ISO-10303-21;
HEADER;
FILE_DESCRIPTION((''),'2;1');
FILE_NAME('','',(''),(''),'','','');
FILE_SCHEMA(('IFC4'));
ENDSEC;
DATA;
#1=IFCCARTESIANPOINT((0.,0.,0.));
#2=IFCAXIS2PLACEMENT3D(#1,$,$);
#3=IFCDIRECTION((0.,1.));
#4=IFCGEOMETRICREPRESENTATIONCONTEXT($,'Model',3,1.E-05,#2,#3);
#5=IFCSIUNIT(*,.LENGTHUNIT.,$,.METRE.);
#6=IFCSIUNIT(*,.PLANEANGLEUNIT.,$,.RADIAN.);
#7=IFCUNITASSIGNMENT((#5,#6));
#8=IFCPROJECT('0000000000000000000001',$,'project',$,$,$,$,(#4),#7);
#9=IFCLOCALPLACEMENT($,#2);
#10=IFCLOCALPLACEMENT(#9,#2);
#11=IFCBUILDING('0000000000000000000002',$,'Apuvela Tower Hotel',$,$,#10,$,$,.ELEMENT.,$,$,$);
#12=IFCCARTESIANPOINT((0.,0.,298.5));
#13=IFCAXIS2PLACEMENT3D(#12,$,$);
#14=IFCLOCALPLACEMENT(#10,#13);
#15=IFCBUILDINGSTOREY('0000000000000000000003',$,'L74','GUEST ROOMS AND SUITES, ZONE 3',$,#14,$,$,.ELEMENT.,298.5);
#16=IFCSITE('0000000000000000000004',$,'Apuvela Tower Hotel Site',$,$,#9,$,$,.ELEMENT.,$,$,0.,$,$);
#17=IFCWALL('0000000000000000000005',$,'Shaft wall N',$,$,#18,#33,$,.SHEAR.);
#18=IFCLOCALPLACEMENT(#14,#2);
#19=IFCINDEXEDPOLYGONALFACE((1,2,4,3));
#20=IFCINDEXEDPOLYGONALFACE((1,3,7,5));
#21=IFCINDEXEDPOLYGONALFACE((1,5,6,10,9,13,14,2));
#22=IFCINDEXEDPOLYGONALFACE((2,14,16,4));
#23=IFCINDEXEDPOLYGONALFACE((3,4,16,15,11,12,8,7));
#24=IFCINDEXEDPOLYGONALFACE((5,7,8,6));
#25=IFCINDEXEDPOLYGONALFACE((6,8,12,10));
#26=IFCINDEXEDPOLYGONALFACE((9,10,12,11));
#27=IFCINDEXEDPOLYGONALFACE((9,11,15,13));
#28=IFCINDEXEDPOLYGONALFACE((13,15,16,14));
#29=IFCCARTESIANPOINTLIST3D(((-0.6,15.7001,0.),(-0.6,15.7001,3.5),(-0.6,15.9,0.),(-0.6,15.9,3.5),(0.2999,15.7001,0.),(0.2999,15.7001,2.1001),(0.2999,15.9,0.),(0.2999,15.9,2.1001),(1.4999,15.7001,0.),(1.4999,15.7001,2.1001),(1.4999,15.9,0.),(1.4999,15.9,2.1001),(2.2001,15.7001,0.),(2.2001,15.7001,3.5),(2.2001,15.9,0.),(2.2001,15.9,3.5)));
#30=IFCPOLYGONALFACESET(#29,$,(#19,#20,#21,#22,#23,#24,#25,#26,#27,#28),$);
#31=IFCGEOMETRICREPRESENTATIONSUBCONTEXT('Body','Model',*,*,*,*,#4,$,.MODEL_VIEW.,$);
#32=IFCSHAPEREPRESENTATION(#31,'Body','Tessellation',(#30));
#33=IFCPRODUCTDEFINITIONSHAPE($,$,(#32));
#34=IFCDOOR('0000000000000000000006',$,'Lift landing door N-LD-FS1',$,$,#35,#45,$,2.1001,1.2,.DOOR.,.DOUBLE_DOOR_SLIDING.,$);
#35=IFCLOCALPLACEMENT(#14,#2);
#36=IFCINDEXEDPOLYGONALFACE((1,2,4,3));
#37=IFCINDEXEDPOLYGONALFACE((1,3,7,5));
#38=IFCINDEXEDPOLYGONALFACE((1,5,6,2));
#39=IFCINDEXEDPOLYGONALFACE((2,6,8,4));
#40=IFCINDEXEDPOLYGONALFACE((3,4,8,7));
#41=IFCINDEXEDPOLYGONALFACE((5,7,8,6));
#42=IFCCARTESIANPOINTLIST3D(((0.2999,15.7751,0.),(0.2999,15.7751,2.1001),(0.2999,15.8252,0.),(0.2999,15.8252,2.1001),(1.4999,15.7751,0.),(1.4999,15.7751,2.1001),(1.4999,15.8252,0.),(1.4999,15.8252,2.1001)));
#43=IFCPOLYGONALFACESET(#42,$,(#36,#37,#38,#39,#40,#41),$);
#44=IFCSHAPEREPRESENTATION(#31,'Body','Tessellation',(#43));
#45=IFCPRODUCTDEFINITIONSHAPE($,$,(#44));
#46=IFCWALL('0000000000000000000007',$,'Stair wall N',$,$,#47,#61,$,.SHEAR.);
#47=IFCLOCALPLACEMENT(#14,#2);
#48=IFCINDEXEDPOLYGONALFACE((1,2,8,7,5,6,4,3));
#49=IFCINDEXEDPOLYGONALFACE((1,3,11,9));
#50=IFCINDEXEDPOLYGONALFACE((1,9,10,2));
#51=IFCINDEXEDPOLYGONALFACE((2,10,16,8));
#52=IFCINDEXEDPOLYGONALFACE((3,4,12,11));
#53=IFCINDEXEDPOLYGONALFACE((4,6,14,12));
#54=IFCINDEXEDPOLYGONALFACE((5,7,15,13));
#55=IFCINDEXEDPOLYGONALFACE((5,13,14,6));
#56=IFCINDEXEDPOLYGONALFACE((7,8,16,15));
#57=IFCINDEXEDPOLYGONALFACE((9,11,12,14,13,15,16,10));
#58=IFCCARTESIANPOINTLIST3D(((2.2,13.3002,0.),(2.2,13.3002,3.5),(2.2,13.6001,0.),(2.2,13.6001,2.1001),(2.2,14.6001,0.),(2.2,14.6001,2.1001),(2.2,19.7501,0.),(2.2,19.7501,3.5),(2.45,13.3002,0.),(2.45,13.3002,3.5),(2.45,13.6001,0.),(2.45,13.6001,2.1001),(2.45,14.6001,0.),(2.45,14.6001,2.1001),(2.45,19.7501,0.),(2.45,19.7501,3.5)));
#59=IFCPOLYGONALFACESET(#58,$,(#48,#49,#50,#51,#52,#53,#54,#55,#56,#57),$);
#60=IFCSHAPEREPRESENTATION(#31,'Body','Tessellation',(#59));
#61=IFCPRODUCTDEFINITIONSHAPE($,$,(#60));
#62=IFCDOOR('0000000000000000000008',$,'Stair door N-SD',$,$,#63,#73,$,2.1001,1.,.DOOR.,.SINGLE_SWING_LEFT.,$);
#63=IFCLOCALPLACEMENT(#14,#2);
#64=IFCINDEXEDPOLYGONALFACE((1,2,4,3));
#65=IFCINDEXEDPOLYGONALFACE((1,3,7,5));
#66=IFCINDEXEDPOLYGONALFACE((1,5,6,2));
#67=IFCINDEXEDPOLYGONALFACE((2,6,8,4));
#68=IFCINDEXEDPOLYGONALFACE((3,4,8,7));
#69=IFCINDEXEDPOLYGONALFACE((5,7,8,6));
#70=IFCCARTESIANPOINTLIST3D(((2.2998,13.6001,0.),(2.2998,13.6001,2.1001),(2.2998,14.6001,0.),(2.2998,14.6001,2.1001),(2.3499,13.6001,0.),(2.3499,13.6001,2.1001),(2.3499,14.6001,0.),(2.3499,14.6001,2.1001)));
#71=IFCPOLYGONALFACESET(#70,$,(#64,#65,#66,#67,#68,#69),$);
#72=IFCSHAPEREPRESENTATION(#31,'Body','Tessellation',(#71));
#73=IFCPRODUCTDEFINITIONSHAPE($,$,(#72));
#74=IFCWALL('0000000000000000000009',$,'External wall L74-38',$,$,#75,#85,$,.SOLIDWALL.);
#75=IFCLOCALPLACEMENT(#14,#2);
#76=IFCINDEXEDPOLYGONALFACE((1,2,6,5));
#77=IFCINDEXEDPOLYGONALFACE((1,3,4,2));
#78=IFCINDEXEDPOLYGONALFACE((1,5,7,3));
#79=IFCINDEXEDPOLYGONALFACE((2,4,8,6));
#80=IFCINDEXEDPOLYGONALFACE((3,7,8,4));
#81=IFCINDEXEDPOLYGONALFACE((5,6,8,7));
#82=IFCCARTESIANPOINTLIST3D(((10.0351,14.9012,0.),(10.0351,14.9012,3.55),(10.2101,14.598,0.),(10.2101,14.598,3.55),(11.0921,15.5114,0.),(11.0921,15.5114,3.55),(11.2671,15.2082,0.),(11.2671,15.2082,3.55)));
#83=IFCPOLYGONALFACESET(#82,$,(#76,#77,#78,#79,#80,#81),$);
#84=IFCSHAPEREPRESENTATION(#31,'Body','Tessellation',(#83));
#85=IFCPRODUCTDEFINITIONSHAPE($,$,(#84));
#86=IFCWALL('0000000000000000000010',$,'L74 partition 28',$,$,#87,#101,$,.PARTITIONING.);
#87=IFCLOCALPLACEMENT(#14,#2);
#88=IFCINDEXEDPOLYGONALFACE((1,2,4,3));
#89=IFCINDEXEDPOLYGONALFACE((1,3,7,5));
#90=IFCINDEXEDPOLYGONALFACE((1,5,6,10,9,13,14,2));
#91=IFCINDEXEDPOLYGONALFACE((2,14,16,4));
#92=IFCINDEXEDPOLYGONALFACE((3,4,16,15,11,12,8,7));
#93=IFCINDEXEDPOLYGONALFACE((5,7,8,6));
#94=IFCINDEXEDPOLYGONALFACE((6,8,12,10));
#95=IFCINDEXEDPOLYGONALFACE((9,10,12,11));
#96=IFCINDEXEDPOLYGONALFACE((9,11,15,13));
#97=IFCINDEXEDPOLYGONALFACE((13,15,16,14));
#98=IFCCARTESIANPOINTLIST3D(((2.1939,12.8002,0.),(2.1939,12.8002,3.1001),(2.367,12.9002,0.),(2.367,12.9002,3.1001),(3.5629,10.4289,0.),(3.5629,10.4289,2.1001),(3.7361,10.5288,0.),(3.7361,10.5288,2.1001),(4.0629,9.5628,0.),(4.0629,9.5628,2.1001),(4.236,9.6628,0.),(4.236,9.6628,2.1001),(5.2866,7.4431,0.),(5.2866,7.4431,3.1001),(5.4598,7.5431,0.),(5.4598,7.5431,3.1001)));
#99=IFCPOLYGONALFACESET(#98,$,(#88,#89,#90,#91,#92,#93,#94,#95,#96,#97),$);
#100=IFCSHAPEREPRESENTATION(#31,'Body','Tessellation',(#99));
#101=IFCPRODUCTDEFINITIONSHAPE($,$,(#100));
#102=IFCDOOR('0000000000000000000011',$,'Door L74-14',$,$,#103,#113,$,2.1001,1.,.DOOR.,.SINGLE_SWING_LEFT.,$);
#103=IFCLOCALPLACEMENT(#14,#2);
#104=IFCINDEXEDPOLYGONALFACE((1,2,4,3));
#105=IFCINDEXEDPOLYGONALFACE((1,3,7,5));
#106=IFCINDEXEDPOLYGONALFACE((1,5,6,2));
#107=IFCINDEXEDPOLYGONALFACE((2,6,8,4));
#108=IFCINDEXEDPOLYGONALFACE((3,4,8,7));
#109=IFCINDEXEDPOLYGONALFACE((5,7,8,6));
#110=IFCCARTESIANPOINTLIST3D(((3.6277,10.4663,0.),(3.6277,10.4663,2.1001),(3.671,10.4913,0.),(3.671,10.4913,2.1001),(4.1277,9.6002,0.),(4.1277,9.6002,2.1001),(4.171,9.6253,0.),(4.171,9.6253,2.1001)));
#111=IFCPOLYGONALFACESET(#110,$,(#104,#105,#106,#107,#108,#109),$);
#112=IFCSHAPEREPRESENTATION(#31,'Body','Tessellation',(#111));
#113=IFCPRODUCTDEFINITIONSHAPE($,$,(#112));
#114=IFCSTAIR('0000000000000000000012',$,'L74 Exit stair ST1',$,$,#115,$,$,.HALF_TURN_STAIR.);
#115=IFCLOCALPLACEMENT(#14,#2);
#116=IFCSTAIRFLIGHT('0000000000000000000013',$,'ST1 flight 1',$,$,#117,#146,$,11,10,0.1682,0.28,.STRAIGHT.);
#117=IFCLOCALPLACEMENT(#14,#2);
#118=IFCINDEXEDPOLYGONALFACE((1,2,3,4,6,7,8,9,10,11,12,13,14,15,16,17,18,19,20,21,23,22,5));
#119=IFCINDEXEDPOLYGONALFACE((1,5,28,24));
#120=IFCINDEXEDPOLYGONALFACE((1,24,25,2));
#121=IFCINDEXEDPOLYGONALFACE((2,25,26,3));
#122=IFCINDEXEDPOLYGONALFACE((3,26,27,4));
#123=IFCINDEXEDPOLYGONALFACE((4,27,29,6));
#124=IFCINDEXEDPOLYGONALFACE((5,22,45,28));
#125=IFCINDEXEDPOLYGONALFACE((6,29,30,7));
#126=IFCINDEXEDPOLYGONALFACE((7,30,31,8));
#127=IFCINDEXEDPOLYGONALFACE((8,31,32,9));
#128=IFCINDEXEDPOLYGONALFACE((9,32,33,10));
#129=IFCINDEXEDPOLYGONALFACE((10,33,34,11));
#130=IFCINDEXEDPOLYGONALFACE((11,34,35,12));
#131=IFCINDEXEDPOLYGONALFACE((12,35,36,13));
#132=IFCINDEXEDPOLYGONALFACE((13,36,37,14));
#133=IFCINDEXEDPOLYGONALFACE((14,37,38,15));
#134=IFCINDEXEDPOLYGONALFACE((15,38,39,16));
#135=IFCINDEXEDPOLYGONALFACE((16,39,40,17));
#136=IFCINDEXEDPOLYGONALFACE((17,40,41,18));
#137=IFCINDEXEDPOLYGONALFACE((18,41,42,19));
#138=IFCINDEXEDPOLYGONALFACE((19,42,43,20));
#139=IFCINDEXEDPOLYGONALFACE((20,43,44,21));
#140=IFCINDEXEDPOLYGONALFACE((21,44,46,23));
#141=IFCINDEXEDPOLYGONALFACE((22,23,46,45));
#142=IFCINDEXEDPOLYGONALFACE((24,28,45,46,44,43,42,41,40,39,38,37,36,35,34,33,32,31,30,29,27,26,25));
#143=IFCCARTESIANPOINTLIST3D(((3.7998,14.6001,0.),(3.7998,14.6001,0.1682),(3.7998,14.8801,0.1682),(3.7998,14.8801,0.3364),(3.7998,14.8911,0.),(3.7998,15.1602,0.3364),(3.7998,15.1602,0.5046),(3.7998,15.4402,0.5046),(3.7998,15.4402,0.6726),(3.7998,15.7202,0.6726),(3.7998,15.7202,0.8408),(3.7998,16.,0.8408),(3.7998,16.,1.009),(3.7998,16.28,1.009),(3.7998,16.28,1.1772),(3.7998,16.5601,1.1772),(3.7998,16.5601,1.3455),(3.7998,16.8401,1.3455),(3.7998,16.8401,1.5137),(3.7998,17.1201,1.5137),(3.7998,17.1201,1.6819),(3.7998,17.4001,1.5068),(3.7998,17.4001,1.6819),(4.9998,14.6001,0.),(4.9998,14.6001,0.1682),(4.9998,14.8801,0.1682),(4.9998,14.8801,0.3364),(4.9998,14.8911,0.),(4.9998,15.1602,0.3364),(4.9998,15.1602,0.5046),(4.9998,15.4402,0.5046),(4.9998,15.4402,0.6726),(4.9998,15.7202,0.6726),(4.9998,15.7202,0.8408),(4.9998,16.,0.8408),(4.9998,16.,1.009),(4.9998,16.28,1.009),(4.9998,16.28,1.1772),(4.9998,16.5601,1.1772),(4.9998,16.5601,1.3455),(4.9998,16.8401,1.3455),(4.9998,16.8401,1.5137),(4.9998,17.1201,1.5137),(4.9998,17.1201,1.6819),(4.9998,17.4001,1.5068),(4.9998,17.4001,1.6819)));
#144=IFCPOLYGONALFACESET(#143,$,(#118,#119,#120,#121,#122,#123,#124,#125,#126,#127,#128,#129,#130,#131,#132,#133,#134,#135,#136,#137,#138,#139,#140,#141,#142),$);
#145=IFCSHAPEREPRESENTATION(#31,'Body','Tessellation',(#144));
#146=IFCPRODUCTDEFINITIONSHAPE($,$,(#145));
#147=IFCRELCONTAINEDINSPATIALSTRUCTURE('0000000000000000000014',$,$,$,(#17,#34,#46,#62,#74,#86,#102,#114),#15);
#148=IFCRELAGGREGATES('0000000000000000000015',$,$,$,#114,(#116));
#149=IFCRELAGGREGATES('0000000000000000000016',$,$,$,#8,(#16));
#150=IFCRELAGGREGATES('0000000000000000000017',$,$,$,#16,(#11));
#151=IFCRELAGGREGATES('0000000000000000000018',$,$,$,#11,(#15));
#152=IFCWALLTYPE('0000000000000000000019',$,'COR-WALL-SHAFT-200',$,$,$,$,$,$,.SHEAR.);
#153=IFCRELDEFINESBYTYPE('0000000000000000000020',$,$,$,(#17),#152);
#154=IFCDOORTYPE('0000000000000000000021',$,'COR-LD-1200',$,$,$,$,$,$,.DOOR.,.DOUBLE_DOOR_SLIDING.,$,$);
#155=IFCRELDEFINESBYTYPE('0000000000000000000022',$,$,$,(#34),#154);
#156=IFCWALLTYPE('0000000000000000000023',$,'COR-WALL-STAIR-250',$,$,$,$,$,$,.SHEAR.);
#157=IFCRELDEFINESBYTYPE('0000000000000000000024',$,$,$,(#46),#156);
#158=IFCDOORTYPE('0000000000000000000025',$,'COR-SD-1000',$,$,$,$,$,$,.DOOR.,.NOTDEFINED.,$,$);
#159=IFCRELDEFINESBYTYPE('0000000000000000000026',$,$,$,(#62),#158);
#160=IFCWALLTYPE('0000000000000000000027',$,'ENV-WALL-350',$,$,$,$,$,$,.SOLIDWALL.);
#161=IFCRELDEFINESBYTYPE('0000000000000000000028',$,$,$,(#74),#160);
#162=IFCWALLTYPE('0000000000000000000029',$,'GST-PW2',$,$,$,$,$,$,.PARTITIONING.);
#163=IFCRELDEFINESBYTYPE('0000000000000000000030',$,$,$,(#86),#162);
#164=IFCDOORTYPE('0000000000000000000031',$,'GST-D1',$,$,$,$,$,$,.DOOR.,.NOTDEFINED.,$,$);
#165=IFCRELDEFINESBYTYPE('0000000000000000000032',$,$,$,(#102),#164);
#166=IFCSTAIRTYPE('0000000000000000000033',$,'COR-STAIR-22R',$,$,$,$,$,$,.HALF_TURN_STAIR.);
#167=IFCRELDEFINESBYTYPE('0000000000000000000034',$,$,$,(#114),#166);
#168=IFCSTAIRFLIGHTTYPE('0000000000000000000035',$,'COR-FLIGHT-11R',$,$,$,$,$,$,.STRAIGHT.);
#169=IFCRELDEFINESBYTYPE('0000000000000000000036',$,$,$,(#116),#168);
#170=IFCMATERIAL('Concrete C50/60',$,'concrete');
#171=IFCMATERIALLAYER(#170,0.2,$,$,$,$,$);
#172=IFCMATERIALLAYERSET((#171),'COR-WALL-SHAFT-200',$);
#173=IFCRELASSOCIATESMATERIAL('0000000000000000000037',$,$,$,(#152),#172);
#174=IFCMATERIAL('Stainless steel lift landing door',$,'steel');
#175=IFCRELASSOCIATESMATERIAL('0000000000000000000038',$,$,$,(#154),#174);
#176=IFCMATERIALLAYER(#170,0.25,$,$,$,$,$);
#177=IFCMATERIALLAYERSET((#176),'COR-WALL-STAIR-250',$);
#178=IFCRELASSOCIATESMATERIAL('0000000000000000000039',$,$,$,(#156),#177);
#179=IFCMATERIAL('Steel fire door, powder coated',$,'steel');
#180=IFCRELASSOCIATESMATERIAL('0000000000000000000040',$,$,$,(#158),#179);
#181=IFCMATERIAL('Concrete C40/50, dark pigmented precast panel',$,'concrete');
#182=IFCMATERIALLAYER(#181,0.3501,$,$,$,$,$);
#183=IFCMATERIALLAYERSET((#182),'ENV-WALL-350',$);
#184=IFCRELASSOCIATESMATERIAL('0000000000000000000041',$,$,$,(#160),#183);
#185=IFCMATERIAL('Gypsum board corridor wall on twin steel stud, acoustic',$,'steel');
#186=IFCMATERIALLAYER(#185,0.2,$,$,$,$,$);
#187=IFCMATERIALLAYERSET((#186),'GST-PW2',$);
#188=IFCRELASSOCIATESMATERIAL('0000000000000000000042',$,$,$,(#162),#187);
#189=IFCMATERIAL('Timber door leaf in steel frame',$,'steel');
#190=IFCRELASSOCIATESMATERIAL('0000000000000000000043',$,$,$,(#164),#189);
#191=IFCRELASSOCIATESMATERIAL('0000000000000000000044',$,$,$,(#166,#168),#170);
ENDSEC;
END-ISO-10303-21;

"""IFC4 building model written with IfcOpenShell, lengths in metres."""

from ifc_helpers import new_model, si_unit, direction, frame, frame_2d, origin, place, context, subcontext, project, spatial, polyline, rectangle, outline, extrude, material, layer, layer_set, type_object, element, fill, aggregate, save


model = new_model("IFC4")

# Units and contexts
model_context = context("Model", 3, precision=1e-05, world=origin(), true_north=direction((0.0, 1.0)))
body_context = subcontext(model_context, "Body", "Model", "MODEL_VIEW")
ifc_project = project(units=[si_unit("LENGTHUNIT", "METRE"), si_unit("PLANEANGLEUNIT", "RADIAN")], contexts=[model_context])

# Site, building, storey
site_placement = place(None, origin())
site = spatial("IfcSite", under=ifc_project, at=site_placement, Name="Apuvela Tower Hotel Site", CompositionType="ELEMENT", RefElevation=0.0)
building_placement = place(site_placement, origin())
building = spatial("IfcBuilding", under=site, at=building_placement, Name="Apuvela Tower Hotel", CompositionType="ELEMENT")
storey_placement = place(building_placement, frame((0.0, 0.0, 298.5)))
storey = spatial("IfcBuildingStorey", under=building, at=storey_placement, Name="L74", Description="GUEST ROOMS AND SUITES, ZONE 3", CompositionType="ELEMENT", Elevation=298.5)

# Shared definitions
ifc_material_1 = material(Name="Concrete C50/60", Category="concrete")
ifc_material_2 = material(Name="Steel fire door, powder coated", Category="steel")

# Walls, openings, doors
ifc_layer_1 = layer(ifc_material_1, 0.2)
ifc_layer_set_1 = layer_set([ifc_layer_1], Name="COR-WALL-SHAFT-200")
wall_type_1 = type_object("IfcWallType", Name="COR-WALL-SHAFT-200", PredefinedType="SHEAR", material=ifc_layer_set_1)
wall_1_placement = place(storey_placement, frame((2.2, 15.8, 0.0), z_axis=(0.0, 0.0, 1.0), x_axis=(-1.0, 0.0, 0.0)))
wall_1 = element("IfcWall", 1, at=wall_1_placement, inside=storey, type_object=wall_type_1, Name="Shaft wall N", PredefinedType="SHEAR", context=body_context, shape_type="SweptSolid", body=[
    extrude(rectangle(XDim=2.8, YDim=0.2, at=frame_2d((1.3999, 0.0))), origin(), (0.0, 0.0, 1.0), 3.5),
])
opening_1_placement = place(wall_1_placement, frame((0.7, 0.0, 0.0)))
opening_1 = element("IfcOpeningElement", 2, at=opening_1_placement, cuts=wall_1, PredefinedType="OPENING", context=body_context, shape_type="SweptSolid", body=[
    extrude(rectangle(XDim=1.2, YDim=2.1001, at=frame_2d((0.6001, 1.05))), frame((0.0, 0.1099, 0.0), z_axis=(0.0, -1.0, 0.0), x_axis=(1.0, 0.0, 0.0)), (0.0, 0.0, 1.0), 0.22),
])
ifc_material_3 = material(Name="Stainless steel lift landing door", Category="steel")
door_type_1 = type_object("IfcDoorType", Name="COR-LD-1200", OperationType="DOUBLE_DOOR_SLIDING", PredefinedType="DOOR", material=ifc_material_3)
door_1_placement = place(opening_1_placement, origin())
door_1 = element("IfcDoor", 3, at=door_1_placement, inside=storey, type_object=door_type_1, Name="Lift landing door N-LD-FS1", OperationType="DOUBLE_DOOR_SLIDING", OverallHeight=2.1001, OverallWidth=1.2, PredefinedType="DOOR", context=body_context, shape_type="SweptSolid", body=[
    extrude(rectangle(XDim=1.2, YDim=2.1001, at=frame_2d((0.6001, 1.05))), frame((0.0, 0.0249, 0.0), z_axis=(0.0, -1.0, 0.0), x_axis=(1.0, 0.0, 0.0)), (0.0, 0.0, 1.0), 0.05),
])
fill(opening_1, door_1)
ifc_layer_2 = layer(ifc_material_1, 0.25)
ifc_layer_set_2 = layer_set([ifc_layer_2], Name="COR-WALL-STAIR-250")
wall_type_2 = type_object("IfcWallType", Name="COR-WALL-STAIR-250", PredefinedType="SHEAR", material=ifc_layer_set_2)
wall_2_placement = place(storey_placement, frame((2.325, 13.3, 0.0), z_axis=(0.0, 0.0, 1.0), x_axis=(0.0, 1.0, 0.0)))
wall_2 = element("IfcWall", 4, at=wall_2_placement, inside=storey, type_object=wall_type_2, Name="Stair wall N", PredefinedType="SHEAR", context=body_context, shape_type="SweptSolid", body=[
    extrude(rectangle(XDim=6.45, YDim=0.25, at=frame_2d((3.2251, 0.0))), origin(), (0.0, 0.0, 1.0), 3.5),
])
opening_2_placement = place(wall_2_placement, frame((0.3, 0.0, 0.0)))
opening_2 = element("IfcOpeningElement", 5, at=opening_2_placement, cuts=wall_2, PredefinedType="OPENING", context=body_context, shape_type="SweptSolid", body=[
    extrude(rectangle(XDim=1.0, YDim=2.1001, at=frame_2d((0.5, 1.05))), frame((0.0, 0.135, 0.0), z_axis=(0.0, -1.0, 0.0), x_axis=(1.0, 0.0, 0.0)), (0.0, 0.0, 1.0), 0.27),
])
door_type_2 = type_object("IfcDoorType", Name="COR-SD-1000", OperationType="NOTDEFINED", PredefinedType="DOOR", material=ifc_material_2)
door_2_placement = place(opening_2_placement, frame((1.0, 0.0, 0.0), z_axis=(0.0, 0.0, 1.0), x_axis=(-1.0, 0.0, 0.0)))
door_2 = element("IfcDoor", 6, at=door_2_placement, inside=storey, type_object=door_type_2, Name="Stair door N-SD", OperationType="SINGLE_SWING_LEFT", OverallHeight=2.1001, OverallWidth=1.0, PredefinedType="DOOR", context=body_context, shape_type="SweptSolid", body=[
    extrude(rectangle(XDim=1.0, YDim=2.1001, at=frame_2d((0.5, 1.05))), frame((0.0, 0.0249, 0.0), z_axis=(0.0, -1.0, 0.0), x_axis=(1.0, 0.0, 0.0)), (0.0, 0.0, 1.0), 0.05),
])
fill(opening_2, door_2)

# Wall
ifc_material_4 = material(Name="Concrete C40/50, dark pigmented precast panel", Category="concrete")
ifc_layer_3 = layer(ifc_material_4, 0.3501)
ifc_layer_set_3 = layer_set([ifc_layer_3], Name="ENV-WALL-350")
wall_type_3 = type_object("IfcWallType", Name="ENV-WALL-350", PredefinedType="SOLIDWALL", material=ifc_layer_set_3)
wall_3_placement = place(storey_placement, frame((11.1797, 15.3599, 0.0), z_axis=(0.0, 0.0, 1.0), x_axis=(-0.866056, -0.499948, 0.0)))
element("IfcWall", 7, at=wall_3_placement, inside=storey, type_object=wall_type_3, Name="External wall L74-38", PredefinedType="SOLIDWALL", context=body_context, shape_type="SweptSolid", body=[
    extrude(rectangle(XDim=1.2205, YDim=0.3501, at=frame_2d((0.6104, 0.0))), origin(), (0.0, 0.0, 1.0), 3.55),
])

# Wall, opening, door
ifc_material_5 = material(Name="Gypsum board corridor wall on twin steel stud, acoustic", Category="steel")
ifc_layer_4 = layer(ifc_material_5, 0.2)
ifc_layer_set_4 = layer_set([ifc_layer_4], Name="GST-PW2")
wall_type_4 = type_object("IfcWallType", Name="GST-PW2", PredefinedType="PARTITIONING", material=ifc_layer_set_4)
wall_4_placement = place(storey_placement, frame((2.2805, 12.8501, 0.0), z_axis=(0.0, 0.0, 1.0), x_axis=(0.499976, -0.866039, 0.0)))
wall_4 = element("IfcWall", 8, at=wall_4_placement, inside=storey, type_object=wall_type_4, Name="L74 partition 28", PredefinedType="PARTITIONING", context=body_context, shape_type="SweptSolid", body=[
    extrude(rectangle(XDim=6.1858, YDim=0.2, at=frame_2d((3.0928, 0.0))), origin(), (0.0, 0.0, 1.0), 3.1001),
])
opening_3_placement = place(wall_4_placement, frame((2.738, 0.0, 0.0)))
opening_3 = element("IfcOpeningElement", 9, at=opening_3_placement, cuts=wall_4, PredefinedType="OPENING", context=body_context, shape_type="SweptSolid", body=[
    extrude(rectangle(XDim=1.0, YDim=2.1001, at=frame_2d((0.5, 1.05))), frame((0.0, 0.1099, 0.0), z_axis=(0.0, -1.0, 0.0), x_axis=(1.0, 0.0, 0.0)), (0.0, 0.0, 1.0), 0.22),
])
ifc_material_6 = material(Name="Timber door leaf in steel frame", Category="steel")
door_type_3 = type_object("IfcDoorType", Name="GST-D1", OperationType="NOTDEFINED", PredefinedType="DOOR", material=ifc_material_6)
door_3_placement = place(opening_3_placement, origin())
door_3 = element("IfcDoor", 10, at=door_3_placement, inside=storey, type_object=door_type_3, Name="Door L74-14", OperationType="SINGLE_SWING_LEFT", OverallHeight=2.1001, OverallWidth=1.0, PredefinedType="DOOR", context=body_context, shape_type="SweptSolid", body=[
    extrude(rectangle(XDim=1.0, YDim=2.1001, at=frame_2d((0.5, 1.05))), frame((0.0, 0.0249, 0.0), z_axis=(0.0, -1.0, 0.0), x_axis=(1.0, 0.0, 0.0)), (0.0, 0.0, 1.0), 0.05),
])
fill(opening_3, door_3)

# Stair, stair flight
stair_type = type_object("IfcStairType", Name="COR-STAIR-22R", PredefinedType="HALF_TURN_STAIR", material=ifc_material_1)
stair_placement = place(storey_placement, origin())
stair = element("IfcStair", 11, at=stair_placement, inside=storey, type_object=stair_type, Name="L74 Exit stair ST1", PredefinedType="HALF_TURN_STAIR")
stair_flight_type = type_object("IfcStairFlightType", Name="COR-FLIGHT-11R", PredefinedType="STRAIGHT", material=ifc_material_1)
stair_flight_placement = place(storey_placement, frame((4.3999, 14.6001, 0.0), z_axis=(0.0, 0.0, 1.0), x_axis=(0.0, 1.0, 0.0)))
stair_flight = element("IfcStairFlight", 12, at=stair_flight_placement, type_object=stair_flight_type, Name="ST1 flight 1", NumberOfRisers=11, NumberOfTreads=10, PredefinedType="STRAIGHT", RiserHeight=0.1682, TreadLength=0.28, context=body_context, shape_type="SweptSolid", body=[
    extrude(outline(polyline([(0.0, 0.0), (0.0, 0.1682), (0.28, 0.1682), (0.28, 0.3364), (0.5601, 0.3364), (0.5601, 0.5046), (0.8401, 0.5046), (0.8401, 0.6726), (1.1201, 0.6726), (1.1201, 0.8408), (1.3999, 0.8408), (1.3999, 1.009), (1.6799, 1.009), (1.6799, 1.1772), (1.96, 1.1772), (1.96, 1.3455), (2.24, 1.3455), (2.24, 1.5137), (2.52, 1.5137), (2.52, 1.6819), (2.8, 1.6819), (2.8, 1.8501), (2.8, 1.5068), (0.291, 0.0), (0.0, 0.0)])), frame((0.0, 0.6001, 0.0), z_axis=(0.0, -1.0, 0.0), x_axis=(1.0, 0.0, 0.0)), (0.0, 0.0, 1.0), 1.2),
])
aggregate(stair, [stair_flight])

save(model, "model.ifc")
